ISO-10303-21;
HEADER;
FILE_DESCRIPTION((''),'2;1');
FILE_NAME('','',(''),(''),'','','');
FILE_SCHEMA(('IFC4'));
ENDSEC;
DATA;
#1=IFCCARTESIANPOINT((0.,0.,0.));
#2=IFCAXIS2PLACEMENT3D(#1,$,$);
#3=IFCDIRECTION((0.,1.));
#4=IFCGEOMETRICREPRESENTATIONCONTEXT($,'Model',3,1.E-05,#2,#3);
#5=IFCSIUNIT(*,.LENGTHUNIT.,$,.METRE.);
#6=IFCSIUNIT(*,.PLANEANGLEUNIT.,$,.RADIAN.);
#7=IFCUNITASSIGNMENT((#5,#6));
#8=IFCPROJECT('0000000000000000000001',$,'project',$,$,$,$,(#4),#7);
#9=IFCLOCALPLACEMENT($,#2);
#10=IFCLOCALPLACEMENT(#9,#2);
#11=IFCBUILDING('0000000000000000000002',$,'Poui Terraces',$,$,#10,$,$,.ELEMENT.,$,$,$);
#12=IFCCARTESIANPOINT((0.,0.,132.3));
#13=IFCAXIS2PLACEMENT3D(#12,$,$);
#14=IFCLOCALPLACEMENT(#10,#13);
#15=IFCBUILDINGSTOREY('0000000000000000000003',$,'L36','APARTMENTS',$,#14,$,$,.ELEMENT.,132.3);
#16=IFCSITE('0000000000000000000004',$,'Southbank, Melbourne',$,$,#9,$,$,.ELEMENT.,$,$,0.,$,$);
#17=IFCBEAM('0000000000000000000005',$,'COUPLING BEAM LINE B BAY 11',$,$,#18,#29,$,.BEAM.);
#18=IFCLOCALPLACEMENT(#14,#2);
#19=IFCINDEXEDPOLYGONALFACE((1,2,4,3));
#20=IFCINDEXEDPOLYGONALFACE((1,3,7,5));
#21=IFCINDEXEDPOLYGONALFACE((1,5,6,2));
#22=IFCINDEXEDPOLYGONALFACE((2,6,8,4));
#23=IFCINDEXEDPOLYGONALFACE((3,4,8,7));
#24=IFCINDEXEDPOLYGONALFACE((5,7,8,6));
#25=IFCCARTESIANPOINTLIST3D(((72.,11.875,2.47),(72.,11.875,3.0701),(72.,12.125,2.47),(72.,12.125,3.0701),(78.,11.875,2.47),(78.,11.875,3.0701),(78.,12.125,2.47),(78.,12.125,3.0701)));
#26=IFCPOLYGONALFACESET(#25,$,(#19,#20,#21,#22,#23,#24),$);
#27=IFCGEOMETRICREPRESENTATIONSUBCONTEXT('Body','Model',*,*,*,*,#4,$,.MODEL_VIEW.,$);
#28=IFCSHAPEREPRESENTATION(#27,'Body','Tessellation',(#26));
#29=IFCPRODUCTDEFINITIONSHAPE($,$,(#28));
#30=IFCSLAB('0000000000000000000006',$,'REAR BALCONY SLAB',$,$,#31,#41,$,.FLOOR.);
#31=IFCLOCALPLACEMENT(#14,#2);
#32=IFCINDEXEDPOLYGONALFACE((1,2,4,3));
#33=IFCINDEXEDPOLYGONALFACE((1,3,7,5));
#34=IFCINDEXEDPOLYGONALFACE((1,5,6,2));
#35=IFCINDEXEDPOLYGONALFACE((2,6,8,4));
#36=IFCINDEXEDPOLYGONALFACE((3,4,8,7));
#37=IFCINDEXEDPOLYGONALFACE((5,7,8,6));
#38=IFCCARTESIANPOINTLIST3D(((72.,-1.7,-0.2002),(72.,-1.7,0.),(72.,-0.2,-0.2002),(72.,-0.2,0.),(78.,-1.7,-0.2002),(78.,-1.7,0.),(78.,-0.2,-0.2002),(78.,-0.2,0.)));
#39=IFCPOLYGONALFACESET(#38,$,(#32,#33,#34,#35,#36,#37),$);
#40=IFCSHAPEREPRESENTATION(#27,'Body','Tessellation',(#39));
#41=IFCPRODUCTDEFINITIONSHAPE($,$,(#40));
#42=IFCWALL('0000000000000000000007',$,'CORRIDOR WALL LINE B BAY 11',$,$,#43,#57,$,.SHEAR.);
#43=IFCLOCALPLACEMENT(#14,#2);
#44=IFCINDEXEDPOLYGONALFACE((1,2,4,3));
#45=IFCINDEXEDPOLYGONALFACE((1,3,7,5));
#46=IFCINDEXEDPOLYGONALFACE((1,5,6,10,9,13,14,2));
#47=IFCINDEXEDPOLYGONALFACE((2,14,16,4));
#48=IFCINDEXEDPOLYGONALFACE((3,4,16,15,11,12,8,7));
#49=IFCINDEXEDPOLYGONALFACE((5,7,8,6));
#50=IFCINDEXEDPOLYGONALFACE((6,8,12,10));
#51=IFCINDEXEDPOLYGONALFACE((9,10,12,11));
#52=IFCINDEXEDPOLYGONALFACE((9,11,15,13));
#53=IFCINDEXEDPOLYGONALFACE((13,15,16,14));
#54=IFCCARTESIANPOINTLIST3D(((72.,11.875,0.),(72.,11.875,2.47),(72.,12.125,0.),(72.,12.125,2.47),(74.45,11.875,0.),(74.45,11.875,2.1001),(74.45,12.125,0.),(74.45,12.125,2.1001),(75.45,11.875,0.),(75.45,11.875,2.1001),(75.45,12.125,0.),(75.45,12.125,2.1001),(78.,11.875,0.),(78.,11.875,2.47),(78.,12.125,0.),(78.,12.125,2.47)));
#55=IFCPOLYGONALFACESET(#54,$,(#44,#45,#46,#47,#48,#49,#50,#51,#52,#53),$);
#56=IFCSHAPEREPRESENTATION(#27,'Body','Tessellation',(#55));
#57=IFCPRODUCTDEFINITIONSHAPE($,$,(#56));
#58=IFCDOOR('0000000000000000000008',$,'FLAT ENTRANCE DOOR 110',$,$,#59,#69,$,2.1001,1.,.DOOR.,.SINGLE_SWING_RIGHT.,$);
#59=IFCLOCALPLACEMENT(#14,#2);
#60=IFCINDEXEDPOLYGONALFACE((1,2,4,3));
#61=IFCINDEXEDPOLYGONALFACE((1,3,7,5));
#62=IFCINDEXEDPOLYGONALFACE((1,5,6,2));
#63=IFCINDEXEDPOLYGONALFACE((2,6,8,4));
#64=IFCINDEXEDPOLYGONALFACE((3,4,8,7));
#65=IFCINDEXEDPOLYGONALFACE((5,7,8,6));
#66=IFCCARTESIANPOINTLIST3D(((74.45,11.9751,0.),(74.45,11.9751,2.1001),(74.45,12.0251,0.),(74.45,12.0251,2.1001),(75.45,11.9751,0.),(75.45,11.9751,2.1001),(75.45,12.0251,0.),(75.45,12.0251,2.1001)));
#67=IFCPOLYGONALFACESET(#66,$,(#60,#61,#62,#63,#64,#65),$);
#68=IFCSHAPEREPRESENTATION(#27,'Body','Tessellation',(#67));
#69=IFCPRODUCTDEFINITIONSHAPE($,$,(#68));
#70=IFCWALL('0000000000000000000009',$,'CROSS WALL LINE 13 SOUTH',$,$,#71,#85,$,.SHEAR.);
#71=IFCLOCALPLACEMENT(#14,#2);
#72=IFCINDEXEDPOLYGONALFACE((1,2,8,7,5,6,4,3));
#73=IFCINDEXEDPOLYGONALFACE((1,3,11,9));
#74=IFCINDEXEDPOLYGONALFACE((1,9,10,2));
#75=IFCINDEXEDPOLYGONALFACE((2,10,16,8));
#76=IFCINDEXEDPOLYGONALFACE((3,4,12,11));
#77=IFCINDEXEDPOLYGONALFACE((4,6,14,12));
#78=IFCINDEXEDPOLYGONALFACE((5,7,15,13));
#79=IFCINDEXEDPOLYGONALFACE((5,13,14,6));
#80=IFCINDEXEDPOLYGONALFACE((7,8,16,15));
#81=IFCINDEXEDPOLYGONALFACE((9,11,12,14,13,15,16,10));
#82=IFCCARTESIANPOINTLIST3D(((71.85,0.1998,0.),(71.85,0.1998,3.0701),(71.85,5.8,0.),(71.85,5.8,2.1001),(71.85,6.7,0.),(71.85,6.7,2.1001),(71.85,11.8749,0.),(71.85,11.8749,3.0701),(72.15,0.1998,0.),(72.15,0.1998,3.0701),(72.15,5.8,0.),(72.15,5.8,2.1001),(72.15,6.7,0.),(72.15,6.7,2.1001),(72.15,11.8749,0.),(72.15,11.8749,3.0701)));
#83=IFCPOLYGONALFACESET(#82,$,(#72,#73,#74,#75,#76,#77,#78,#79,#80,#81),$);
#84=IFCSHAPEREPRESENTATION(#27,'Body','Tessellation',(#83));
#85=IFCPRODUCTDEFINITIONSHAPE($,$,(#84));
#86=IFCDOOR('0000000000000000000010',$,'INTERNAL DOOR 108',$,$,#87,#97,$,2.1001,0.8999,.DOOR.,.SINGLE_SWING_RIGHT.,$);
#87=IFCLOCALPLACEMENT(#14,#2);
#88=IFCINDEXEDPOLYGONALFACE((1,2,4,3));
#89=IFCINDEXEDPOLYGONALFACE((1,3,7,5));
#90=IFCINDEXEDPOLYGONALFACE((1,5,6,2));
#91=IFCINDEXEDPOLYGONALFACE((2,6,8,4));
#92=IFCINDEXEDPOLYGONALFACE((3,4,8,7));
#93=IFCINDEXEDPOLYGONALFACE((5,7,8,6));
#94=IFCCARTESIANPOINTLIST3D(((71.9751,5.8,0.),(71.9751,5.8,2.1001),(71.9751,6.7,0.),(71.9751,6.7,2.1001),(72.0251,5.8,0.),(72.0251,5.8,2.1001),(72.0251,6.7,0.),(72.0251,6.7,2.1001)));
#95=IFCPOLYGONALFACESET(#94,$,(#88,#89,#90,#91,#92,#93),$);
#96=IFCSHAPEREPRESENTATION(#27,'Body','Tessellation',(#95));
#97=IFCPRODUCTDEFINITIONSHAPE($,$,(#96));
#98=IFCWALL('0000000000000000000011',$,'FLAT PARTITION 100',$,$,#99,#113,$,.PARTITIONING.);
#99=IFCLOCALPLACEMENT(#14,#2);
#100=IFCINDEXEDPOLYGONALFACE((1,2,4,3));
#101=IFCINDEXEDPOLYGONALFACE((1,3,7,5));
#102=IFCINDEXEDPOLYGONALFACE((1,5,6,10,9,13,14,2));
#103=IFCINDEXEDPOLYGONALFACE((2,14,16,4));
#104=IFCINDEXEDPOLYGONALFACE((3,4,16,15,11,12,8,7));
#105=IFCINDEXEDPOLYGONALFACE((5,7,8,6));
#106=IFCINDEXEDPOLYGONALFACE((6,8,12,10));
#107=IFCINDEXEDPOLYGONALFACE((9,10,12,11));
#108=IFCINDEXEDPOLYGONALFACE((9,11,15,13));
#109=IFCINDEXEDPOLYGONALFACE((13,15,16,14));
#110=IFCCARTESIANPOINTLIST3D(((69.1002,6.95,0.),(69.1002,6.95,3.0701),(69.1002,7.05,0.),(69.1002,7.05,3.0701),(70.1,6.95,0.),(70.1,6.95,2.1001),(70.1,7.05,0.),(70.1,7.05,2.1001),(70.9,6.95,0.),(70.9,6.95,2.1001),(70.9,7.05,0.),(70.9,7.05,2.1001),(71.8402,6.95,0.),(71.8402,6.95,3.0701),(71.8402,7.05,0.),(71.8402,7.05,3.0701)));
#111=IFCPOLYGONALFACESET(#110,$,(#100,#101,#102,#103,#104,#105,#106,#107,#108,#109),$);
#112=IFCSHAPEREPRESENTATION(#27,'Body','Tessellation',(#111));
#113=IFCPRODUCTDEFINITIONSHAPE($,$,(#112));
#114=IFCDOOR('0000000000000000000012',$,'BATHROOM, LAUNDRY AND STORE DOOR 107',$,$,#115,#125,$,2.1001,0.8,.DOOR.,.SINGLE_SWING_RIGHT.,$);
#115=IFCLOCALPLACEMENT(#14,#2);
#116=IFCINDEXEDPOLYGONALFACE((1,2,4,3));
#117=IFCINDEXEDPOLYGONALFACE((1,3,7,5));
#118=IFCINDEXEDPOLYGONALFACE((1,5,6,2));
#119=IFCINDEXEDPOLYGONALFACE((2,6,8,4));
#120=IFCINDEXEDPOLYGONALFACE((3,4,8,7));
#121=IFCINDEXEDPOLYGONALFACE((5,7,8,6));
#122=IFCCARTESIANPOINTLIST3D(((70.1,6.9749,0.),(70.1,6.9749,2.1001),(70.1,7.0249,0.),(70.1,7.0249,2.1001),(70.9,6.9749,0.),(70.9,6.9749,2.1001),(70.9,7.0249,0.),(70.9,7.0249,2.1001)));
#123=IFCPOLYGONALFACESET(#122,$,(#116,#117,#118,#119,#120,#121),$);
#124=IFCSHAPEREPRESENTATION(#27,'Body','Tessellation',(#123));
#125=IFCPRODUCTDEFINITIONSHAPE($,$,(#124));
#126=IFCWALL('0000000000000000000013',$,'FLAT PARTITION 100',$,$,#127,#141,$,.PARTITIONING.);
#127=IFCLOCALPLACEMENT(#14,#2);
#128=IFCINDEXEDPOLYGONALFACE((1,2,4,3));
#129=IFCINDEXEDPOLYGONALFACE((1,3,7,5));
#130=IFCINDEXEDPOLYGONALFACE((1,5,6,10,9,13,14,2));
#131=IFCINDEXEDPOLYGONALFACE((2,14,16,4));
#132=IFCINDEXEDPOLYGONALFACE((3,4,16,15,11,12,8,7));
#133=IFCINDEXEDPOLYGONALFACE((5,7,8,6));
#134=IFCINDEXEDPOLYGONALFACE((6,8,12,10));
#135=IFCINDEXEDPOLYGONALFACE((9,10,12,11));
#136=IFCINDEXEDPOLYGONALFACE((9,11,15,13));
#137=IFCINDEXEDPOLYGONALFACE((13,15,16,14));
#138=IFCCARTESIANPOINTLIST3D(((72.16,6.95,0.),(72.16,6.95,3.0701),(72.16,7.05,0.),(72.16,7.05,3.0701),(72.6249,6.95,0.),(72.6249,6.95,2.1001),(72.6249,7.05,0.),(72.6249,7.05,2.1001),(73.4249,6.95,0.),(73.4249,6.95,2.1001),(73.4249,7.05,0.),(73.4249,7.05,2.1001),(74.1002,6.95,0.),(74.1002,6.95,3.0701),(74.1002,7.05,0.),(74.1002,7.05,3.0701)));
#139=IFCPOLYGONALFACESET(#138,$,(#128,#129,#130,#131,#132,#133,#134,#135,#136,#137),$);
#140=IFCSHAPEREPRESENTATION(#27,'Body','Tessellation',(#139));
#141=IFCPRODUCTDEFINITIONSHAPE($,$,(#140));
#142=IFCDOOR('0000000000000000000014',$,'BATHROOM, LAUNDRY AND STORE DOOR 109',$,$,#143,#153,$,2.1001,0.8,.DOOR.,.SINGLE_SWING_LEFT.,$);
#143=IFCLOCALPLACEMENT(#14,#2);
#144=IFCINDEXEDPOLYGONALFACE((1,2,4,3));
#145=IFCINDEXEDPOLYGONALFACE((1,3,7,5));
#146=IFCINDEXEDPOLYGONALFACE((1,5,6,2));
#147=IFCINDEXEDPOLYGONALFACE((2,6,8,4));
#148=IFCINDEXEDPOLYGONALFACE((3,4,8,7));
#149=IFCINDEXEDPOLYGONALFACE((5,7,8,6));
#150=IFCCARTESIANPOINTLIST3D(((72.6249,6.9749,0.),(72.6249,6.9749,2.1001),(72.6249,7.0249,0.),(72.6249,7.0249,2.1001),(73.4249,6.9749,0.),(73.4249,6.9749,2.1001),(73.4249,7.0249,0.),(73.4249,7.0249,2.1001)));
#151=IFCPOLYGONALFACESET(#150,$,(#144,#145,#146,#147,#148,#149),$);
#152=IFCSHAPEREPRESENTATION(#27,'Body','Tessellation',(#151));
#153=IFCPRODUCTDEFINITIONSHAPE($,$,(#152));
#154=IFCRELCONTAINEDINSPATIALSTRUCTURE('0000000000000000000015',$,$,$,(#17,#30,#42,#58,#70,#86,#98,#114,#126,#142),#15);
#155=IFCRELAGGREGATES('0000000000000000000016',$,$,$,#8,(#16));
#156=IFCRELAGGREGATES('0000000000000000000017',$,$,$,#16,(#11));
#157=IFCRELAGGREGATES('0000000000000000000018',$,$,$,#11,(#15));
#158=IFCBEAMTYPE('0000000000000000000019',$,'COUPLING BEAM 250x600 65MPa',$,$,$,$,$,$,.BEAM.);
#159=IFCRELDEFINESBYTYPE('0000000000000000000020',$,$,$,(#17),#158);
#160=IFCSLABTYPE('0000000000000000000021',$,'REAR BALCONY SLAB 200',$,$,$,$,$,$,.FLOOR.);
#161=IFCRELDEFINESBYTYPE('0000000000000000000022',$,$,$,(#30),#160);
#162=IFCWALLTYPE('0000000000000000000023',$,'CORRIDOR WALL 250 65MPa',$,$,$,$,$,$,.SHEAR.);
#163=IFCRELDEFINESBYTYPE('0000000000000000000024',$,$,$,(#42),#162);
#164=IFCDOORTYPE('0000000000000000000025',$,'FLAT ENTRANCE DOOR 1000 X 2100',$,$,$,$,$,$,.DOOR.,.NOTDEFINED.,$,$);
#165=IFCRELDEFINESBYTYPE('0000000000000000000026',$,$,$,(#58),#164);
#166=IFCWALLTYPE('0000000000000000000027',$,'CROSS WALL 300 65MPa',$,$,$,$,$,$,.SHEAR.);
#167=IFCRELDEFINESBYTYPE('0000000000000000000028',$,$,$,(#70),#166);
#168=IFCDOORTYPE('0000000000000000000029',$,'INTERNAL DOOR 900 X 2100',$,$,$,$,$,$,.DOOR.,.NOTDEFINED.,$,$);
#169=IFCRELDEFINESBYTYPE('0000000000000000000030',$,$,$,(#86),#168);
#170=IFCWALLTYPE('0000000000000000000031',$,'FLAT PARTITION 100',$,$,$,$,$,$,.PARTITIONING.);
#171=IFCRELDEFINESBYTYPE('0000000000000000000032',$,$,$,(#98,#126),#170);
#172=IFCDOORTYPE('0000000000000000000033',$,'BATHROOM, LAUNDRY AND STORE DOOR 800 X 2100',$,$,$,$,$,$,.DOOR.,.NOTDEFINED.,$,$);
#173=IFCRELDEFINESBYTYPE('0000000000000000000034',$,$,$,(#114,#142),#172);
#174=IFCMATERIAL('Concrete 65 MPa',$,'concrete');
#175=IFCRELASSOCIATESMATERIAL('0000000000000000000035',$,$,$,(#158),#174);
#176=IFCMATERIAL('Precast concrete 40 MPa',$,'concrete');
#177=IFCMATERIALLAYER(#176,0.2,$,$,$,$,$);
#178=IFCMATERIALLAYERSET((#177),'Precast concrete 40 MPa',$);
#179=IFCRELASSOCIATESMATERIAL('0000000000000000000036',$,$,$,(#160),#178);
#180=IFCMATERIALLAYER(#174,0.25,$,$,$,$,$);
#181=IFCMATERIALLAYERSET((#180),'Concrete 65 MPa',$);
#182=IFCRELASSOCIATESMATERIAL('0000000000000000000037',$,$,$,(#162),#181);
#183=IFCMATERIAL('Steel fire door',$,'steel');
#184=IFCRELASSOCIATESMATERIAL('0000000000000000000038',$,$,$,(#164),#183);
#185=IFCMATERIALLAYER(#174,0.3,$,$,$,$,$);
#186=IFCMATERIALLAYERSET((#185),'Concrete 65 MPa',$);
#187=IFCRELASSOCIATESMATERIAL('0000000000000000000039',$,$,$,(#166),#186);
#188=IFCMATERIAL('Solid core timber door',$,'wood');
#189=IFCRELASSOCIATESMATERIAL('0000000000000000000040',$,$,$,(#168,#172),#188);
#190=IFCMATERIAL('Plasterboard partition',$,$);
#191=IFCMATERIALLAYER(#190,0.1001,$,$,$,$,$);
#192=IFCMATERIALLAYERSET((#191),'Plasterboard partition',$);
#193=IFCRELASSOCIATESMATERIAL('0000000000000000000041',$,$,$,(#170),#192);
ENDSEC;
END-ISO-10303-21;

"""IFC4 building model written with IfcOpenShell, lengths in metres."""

from ifc_helpers import new_model, si_unit, direction, frame, frame_2d, origin, origin_2d, place, context, subcontext, project, spatial, polyline, rectangle, outline, extrude, source, transform, mapped, material, layer, layer_set, material_profile, profile_set, type_object, element, fill, save


model = new_model("IFC4")

# Units and contexts
model_context = context("Model", 3, precision=1e-05, world=origin(), true_north=direction((0.0, 1.0)))
body_context = subcontext(model_context, "Body", "Model", "MODEL_VIEW")
ifc_project = project(units=[si_unit("LENGTHUNIT", "METRE"), si_unit("PLANEANGLEUNIT", "RADIAN")], contexts=[model_context])

# Site, building, storey
site_placement = place(None, origin())
site = spatial("IfcSite", under=ifc_project, at=site_placement, Name="Southbank, Melbourne", CompositionType="ELEMENT", RefElevation=0.0)
building_placement = place(site_placement, origin())
building = spatial("IfcBuilding", under=site, at=building_placement, Name="Poui Terraces", CompositionType="ELEMENT")
storey_placement = place(building_placement, frame((0.0, 0.0, 132.3)))
storey = spatial("IfcBuildingStorey", under=building, at=storey_placement, Name="L36", Description="APARTMENTS", CompositionType="ELEMENT", Elevation=132.3)

# Beam
ifc_material_1 = material(Name="Concrete 65 MPa", Category="concrete")
ifc_material_profile_1 = material_profile(ifc_material_1, rectangle(XDim=0.25, YDim=0.6001, at=origin_2d()), Name="RC 250x600")
ifc_profile_set_1 = profile_set([ifc_material_profile_1], Name="Concrete 65 MPa")
beam_type = type_object("IfcBeamType", Name="COUPLING BEAM 250x600 65MPa", PredefinedType="BEAM", material=ifc_profile_set_1)
shared_shape_1 = source(origin(), body_context, "Body", "SweptSolid", [
    extrude(rectangle(XDim=0.25, YDim=0.6001, at=origin_2d()), origin(), (0.0, 0.0, 1.0), 6.0),
])
beam_placement = place(storey_placement, frame((72.0, 12.0, 2.77), z_axis=(1.0, 0.0, 0.0), x_axis=(0.0, 1.0, 0.0)))
element("IfcBeam", 1, at=beam_placement, inside=storey, type_object=beam_type, Name="COUPLING BEAM LINE B BAY 11", PredefinedType="BEAM", context=body_context, shape_type="MappedRepresentation", body=[
    mapped(shared_shape_1, transform((0.0, 0.0, 0.0))),
])

# Slab
ifc_material_2 = material(Name="Precast concrete 40 MPa", Category="concrete")
ifc_layer_1 = layer(ifc_material_2, 0.2)
ifc_layer_set_1 = layer_set([ifc_layer_1], Name="Precast concrete 40 MPa")
slab_type = type_object("IfcSlabType", Name="REAR BALCONY SLAB 200", PredefinedType="FLOOR", material=ifc_layer_set_1)
shared_shape_2 = source(origin(), body_context, "Body", "SweptSolid", [
    extrude(outline(polyline([(0.0, 0.0), (6.0, 0.0), (6.0, 1.5), (0.0, 1.5), (0.0, 0.0)])), origin(), (0.0, 0.0, 1.0), 0.2002),
])
slab_placement = place(storey_placement, frame((72.0, -1.7, -0.2002)))
element("IfcSlab", 2, at=slab_placement, inside=storey, type_object=slab_type, Name="REAR BALCONY SLAB", PredefinedType="FLOOR", context=body_context, shape_type="MappedRepresentation", body=[
    mapped(shared_shape_2, transform((0.0, 0.0, 0.0))),
])

# Walls, openings, doors
ifc_layer_2 = layer(ifc_material_1, 0.25)
ifc_layer_set_2 = layer_set([ifc_layer_2], Name="Concrete 65 MPa")
wall_type_1 = type_object("IfcWallType", Name="CORRIDOR WALL 250 65MPa", PredefinedType="SHEAR", material=ifc_layer_set_2)
wall_1_placement = place(storey_placement, frame((72.0, 12.0, 0.0), z_axis=(0.0, 0.0, 1.0), x_axis=(1.0, 0.0, 0.0)))
wall_1 = element("IfcWall", 3, at=wall_1_placement, inside=storey, type_object=wall_type_1, Name="CORRIDOR WALL LINE B BAY 11", PredefinedType="SHEAR", context=body_context, shape_type="SweptSolid", body=[
    extrude(rectangle(XDim=6.0, YDim=0.25, at=frame_2d((3.0, 0.0))), origin(), (0.0, 0.0, 1.0), 2.47),
])
opening_1_placement = place(wall_1_placement, frame((2.45, 0.0, 0.0)))
opening_1 = element("IfcOpeningElement", 4, at=opening_1_placement, cuts=wall_1, PredefinedType="OPENING", context=body_context, shape_type="SweptSolid", body=[
    extrude(rectangle(XDim=1.0, YDim=2.1001, at=frame_2d((0.5, 1.05))), frame((0.0, 0.135, 0.0), z_axis=(0.0, -1.0, 0.0), x_axis=(1.0, 0.0, 0.0)), (0.0, 0.0, 1.0), 0.27),
])
ifc_material_3 = material(Name="Steel fire door", Category="steel")
door_type_1 = type_object("IfcDoorType", Name="FLAT ENTRANCE DOOR 1000 X 2100", OperationType="NOTDEFINED", PredefinedType="DOOR", material=ifc_material_3)
door_1_placement = place(opening_1_placement, frame((1.0, 0.0, 0.0), z_axis=(0.0, 0.0, 1.0), x_axis=(-1.0, 0.0, 0.0)))
door_1 = element("IfcDoor", 5, at=door_1_placement, inside=storey, type_object=door_type_1, Name="FLAT ENTRANCE DOOR 110", OperationType="SINGLE_SWING_RIGHT", OverallHeight=2.1001, OverallWidth=1.0, PredefinedType="DOOR", context=body_context, shape_type="SweptSolid", body=[
    extrude(rectangle(XDim=1.0, YDim=2.1001, at=frame_2d((0.5, 1.05))), frame((0.0, 0.0249, 0.0), z_axis=(0.0, -1.0, 0.0), x_axis=(1.0, 0.0, 0.0)), (0.0, 0.0, 1.0), 0.05),
])
fill(opening_1, door_1)
ifc_layer_3 = layer(ifc_material_1, 0.3)
ifc_layer_set_3 = layer_set([ifc_layer_3], Name="Concrete 65 MPa")
wall_type_2 = type_object("IfcWallType", Name="CROSS WALL 300 65MPa", PredefinedType="SHEAR", material=ifc_layer_set_3)
wall_2_placement = place(storey_placement, frame((72.0, 0.2, 0.0), z_axis=(0.0, 0.0, 1.0), x_axis=(0.0, 1.0, 0.0)))
wall_2 = element("IfcWall", 6, at=wall_2_placement, inside=storey, type_object=wall_type_2, Name="CROSS WALL LINE 13 SOUTH", PredefinedType="SHEAR", context=body_context, shape_type="SweptSolid", body=[
    extrude(rectangle(XDim=11.675, YDim=0.3, at=frame_2d((5.8374, 0.0))), origin(), (0.0, 0.0, 1.0), 3.0701),
])
opening_2_placement = place(wall_2_placement, frame((5.6001, 0.0, 0.0)))
opening_2 = element("IfcOpeningElement", 7, at=opening_2_placement, cuts=wall_2, PredefinedType="OPENING", context=body_context, shape_type="SweptSolid", body=[
    extrude(rectangle(XDim=0.8999, YDim=2.1001, at=frame_2d((0.45, 1.05))), frame((0.0, 0.1602, 0.0), z_axis=(0.0, -1.0, 0.0), x_axis=(1.0, 0.0, 0.0)), (0.0, 0.0, 1.0), 0.3201),
])
ifc_material_4 = material(Name="Solid core timber door", Category="wood")
door_type_2 = type_object("IfcDoorType", Name="INTERNAL DOOR 900 X 2100", OperationType="NOTDEFINED", PredefinedType="DOOR", material=ifc_material_4)
door_2_placement = place(opening_2_placement, origin())
door_2 = element("IfcDoor", 8, at=door_2_placement, inside=storey, type_object=door_type_2, Name="INTERNAL DOOR 108", OperationType="SINGLE_SWING_RIGHT", OverallHeight=2.1001, OverallWidth=0.8999, PredefinedType="DOOR", context=body_context, shape_type="SweptSolid", body=[
    extrude(rectangle(XDim=0.8999, YDim=2.1001, at=frame_2d((0.45, 1.05))), frame((0.0, 0.0249, 0.0), z_axis=(0.0, -1.0, 0.0), x_axis=(1.0, 0.0, 0.0)), (0.0, 0.0, 1.0), 0.05),
])
fill(opening_2, door_2)
ifc_material_5 = material(Name="Plasterboard partition")
ifc_layer_4 = layer(ifc_material_5, 0.1001)
ifc_layer_set_4 = layer_set([ifc_layer_4], Name="Plasterboard partition")
wall_type_3 = type_object("IfcWallType", Name="FLAT PARTITION 100", PredefinedType="PARTITIONING", material=ifc_layer_set_4)
wall_3_placement = place(storey_placement, frame((69.1001, 7.0, 0.0), z_axis=(0.0, 0.0, 1.0), x_axis=(1.0, 0.0, 0.0)))
wall_3 = element("IfcWall", 9, at=wall_3_placement, inside=storey, type_object=wall_type_3, Name="FLAT PARTITION 100", PredefinedType="PARTITIONING", context=body_context, shape_type="SweptSolid", body=[
    extrude(rectangle(XDim=2.74, YDim=0.1001, at=frame_2d((1.3701, 0.0))), origin(), (0.0, 0.0, 1.0), 3.0701),
])
opening_3_placement = place(wall_3_placement, frame((1.0, 0.0, 0.0)))
opening_3 = element("IfcOpeningElement", 10, at=opening_3_placement, cuts=wall_3, PredefinedType="OPENING", context=body_context, shape_type="SweptSolid", body=[
    extrude(rectangle(XDim=0.8, YDim=2.1001, at=frame_2d((0.3999, 1.05))), frame((0.0, 0.0601, 0.0), z_axis=(0.0, -1.0, 0.0), x_axis=(1.0, 0.0, 0.0)), (0.0, 0.0, 1.0), 0.1201),
])
door_type_3 = type_object("IfcDoorType", Name="BATHROOM, LAUNDRY AND STORE DOOR 800 X 2100", OperationType="NOTDEFINED", PredefinedType="DOOR", material=ifc_material_4)
door_3_placement = place(opening_3_placement, origin())
door_3 = element("IfcDoor", 11, at=door_3_placement, inside=storey, type_object=door_type_3, Name="BATHROOM, LAUNDRY AND STORE DOOR 107", OperationType="SINGLE_SWING_RIGHT", OverallHeight=2.1001, OverallWidth=0.8, PredefinedType="DOOR", context=body_context, shape_type="SweptSolid", body=[
    extrude(rectangle(XDim=0.8, YDim=2.1001, at=frame_2d((0.3999, 1.05))), frame((0.0, 0.0249, 0.0), z_axis=(0.0, -1.0, 0.0), x_axis=(1.0, 0.0, 0.0)), (0.0, 0.0, 1.0), 0.05),
])
fill(opening_3, door_3)
wall_4_placement = place(storey_placement, frame((72.1599, 7.0, 0.0), z_axis=(0.0, 0.0, 1.0), x_axis=(1.0, 0.0, 0.0)))
wall_4 = element("IfcWall", 12, at=wall_4_placement, inside=storey, type_object=wall_type_3, Name="FLAT PARTITION 100", PredefinedType="PARTITIONING", context=body_context, shape_type="SweptSolid", body=[
    extrude(rectangle(XDim=1.9402, YDim=0.1001, at=frame_2d((0.9702, 0.0))), origin(), (0.0, 0.0, 1.0), 3.0701),
])
opening_4_placement = place(wall_4_placement, frame((0.4651, 0.0, 0.0)))
opening_4 = element("IfcOpeningElement", 13, at=opening_4_placement, cuts=wall_4, PredefinedType="OPENING", context=body_context, shape_type="SweptSolid", body=[
    extrude(rectangle(XDim=0.8, YDim=2.1001, at=frame_2d((0.3999, 1.05))), frame((0.0, 0.0601, 0.0), z_axis=(0.0, -1.0, 0.0), x_axis=(1.0, 0.0, 0.0)), (0.0, 0.0, 1.0), 0.1201),
])
door_4_placement = place(opening_4_placement, origin())
door_4 = element("IfcDoor", 14, at=door_4_placement, inside=storey, type_object=door_type_3, Name="BATHROOM, LAUNDRY AND STORE DOOR 109", OperationType="SINGLE_SWING_LEFT", OverallHeight=2.1001, OverallWidth=0.8, PredefinedType="DOOR", context=body_context, shape_type="SweptSolid", body=[
    extrude(rectangle(XDim=0.8, YDim=2.1001, at=frame_2d((0.3999, 1.05))), frame((0.0, 0.0249, 0.0), z_axis=(0.0, -1.0, 0.0), x_axis=(1.0, 0.0, 0.0)), (0.0, 0.0, 1.0), 0.05),
])
fill(opening_4, door_4)

save(model, "model.ifc")
